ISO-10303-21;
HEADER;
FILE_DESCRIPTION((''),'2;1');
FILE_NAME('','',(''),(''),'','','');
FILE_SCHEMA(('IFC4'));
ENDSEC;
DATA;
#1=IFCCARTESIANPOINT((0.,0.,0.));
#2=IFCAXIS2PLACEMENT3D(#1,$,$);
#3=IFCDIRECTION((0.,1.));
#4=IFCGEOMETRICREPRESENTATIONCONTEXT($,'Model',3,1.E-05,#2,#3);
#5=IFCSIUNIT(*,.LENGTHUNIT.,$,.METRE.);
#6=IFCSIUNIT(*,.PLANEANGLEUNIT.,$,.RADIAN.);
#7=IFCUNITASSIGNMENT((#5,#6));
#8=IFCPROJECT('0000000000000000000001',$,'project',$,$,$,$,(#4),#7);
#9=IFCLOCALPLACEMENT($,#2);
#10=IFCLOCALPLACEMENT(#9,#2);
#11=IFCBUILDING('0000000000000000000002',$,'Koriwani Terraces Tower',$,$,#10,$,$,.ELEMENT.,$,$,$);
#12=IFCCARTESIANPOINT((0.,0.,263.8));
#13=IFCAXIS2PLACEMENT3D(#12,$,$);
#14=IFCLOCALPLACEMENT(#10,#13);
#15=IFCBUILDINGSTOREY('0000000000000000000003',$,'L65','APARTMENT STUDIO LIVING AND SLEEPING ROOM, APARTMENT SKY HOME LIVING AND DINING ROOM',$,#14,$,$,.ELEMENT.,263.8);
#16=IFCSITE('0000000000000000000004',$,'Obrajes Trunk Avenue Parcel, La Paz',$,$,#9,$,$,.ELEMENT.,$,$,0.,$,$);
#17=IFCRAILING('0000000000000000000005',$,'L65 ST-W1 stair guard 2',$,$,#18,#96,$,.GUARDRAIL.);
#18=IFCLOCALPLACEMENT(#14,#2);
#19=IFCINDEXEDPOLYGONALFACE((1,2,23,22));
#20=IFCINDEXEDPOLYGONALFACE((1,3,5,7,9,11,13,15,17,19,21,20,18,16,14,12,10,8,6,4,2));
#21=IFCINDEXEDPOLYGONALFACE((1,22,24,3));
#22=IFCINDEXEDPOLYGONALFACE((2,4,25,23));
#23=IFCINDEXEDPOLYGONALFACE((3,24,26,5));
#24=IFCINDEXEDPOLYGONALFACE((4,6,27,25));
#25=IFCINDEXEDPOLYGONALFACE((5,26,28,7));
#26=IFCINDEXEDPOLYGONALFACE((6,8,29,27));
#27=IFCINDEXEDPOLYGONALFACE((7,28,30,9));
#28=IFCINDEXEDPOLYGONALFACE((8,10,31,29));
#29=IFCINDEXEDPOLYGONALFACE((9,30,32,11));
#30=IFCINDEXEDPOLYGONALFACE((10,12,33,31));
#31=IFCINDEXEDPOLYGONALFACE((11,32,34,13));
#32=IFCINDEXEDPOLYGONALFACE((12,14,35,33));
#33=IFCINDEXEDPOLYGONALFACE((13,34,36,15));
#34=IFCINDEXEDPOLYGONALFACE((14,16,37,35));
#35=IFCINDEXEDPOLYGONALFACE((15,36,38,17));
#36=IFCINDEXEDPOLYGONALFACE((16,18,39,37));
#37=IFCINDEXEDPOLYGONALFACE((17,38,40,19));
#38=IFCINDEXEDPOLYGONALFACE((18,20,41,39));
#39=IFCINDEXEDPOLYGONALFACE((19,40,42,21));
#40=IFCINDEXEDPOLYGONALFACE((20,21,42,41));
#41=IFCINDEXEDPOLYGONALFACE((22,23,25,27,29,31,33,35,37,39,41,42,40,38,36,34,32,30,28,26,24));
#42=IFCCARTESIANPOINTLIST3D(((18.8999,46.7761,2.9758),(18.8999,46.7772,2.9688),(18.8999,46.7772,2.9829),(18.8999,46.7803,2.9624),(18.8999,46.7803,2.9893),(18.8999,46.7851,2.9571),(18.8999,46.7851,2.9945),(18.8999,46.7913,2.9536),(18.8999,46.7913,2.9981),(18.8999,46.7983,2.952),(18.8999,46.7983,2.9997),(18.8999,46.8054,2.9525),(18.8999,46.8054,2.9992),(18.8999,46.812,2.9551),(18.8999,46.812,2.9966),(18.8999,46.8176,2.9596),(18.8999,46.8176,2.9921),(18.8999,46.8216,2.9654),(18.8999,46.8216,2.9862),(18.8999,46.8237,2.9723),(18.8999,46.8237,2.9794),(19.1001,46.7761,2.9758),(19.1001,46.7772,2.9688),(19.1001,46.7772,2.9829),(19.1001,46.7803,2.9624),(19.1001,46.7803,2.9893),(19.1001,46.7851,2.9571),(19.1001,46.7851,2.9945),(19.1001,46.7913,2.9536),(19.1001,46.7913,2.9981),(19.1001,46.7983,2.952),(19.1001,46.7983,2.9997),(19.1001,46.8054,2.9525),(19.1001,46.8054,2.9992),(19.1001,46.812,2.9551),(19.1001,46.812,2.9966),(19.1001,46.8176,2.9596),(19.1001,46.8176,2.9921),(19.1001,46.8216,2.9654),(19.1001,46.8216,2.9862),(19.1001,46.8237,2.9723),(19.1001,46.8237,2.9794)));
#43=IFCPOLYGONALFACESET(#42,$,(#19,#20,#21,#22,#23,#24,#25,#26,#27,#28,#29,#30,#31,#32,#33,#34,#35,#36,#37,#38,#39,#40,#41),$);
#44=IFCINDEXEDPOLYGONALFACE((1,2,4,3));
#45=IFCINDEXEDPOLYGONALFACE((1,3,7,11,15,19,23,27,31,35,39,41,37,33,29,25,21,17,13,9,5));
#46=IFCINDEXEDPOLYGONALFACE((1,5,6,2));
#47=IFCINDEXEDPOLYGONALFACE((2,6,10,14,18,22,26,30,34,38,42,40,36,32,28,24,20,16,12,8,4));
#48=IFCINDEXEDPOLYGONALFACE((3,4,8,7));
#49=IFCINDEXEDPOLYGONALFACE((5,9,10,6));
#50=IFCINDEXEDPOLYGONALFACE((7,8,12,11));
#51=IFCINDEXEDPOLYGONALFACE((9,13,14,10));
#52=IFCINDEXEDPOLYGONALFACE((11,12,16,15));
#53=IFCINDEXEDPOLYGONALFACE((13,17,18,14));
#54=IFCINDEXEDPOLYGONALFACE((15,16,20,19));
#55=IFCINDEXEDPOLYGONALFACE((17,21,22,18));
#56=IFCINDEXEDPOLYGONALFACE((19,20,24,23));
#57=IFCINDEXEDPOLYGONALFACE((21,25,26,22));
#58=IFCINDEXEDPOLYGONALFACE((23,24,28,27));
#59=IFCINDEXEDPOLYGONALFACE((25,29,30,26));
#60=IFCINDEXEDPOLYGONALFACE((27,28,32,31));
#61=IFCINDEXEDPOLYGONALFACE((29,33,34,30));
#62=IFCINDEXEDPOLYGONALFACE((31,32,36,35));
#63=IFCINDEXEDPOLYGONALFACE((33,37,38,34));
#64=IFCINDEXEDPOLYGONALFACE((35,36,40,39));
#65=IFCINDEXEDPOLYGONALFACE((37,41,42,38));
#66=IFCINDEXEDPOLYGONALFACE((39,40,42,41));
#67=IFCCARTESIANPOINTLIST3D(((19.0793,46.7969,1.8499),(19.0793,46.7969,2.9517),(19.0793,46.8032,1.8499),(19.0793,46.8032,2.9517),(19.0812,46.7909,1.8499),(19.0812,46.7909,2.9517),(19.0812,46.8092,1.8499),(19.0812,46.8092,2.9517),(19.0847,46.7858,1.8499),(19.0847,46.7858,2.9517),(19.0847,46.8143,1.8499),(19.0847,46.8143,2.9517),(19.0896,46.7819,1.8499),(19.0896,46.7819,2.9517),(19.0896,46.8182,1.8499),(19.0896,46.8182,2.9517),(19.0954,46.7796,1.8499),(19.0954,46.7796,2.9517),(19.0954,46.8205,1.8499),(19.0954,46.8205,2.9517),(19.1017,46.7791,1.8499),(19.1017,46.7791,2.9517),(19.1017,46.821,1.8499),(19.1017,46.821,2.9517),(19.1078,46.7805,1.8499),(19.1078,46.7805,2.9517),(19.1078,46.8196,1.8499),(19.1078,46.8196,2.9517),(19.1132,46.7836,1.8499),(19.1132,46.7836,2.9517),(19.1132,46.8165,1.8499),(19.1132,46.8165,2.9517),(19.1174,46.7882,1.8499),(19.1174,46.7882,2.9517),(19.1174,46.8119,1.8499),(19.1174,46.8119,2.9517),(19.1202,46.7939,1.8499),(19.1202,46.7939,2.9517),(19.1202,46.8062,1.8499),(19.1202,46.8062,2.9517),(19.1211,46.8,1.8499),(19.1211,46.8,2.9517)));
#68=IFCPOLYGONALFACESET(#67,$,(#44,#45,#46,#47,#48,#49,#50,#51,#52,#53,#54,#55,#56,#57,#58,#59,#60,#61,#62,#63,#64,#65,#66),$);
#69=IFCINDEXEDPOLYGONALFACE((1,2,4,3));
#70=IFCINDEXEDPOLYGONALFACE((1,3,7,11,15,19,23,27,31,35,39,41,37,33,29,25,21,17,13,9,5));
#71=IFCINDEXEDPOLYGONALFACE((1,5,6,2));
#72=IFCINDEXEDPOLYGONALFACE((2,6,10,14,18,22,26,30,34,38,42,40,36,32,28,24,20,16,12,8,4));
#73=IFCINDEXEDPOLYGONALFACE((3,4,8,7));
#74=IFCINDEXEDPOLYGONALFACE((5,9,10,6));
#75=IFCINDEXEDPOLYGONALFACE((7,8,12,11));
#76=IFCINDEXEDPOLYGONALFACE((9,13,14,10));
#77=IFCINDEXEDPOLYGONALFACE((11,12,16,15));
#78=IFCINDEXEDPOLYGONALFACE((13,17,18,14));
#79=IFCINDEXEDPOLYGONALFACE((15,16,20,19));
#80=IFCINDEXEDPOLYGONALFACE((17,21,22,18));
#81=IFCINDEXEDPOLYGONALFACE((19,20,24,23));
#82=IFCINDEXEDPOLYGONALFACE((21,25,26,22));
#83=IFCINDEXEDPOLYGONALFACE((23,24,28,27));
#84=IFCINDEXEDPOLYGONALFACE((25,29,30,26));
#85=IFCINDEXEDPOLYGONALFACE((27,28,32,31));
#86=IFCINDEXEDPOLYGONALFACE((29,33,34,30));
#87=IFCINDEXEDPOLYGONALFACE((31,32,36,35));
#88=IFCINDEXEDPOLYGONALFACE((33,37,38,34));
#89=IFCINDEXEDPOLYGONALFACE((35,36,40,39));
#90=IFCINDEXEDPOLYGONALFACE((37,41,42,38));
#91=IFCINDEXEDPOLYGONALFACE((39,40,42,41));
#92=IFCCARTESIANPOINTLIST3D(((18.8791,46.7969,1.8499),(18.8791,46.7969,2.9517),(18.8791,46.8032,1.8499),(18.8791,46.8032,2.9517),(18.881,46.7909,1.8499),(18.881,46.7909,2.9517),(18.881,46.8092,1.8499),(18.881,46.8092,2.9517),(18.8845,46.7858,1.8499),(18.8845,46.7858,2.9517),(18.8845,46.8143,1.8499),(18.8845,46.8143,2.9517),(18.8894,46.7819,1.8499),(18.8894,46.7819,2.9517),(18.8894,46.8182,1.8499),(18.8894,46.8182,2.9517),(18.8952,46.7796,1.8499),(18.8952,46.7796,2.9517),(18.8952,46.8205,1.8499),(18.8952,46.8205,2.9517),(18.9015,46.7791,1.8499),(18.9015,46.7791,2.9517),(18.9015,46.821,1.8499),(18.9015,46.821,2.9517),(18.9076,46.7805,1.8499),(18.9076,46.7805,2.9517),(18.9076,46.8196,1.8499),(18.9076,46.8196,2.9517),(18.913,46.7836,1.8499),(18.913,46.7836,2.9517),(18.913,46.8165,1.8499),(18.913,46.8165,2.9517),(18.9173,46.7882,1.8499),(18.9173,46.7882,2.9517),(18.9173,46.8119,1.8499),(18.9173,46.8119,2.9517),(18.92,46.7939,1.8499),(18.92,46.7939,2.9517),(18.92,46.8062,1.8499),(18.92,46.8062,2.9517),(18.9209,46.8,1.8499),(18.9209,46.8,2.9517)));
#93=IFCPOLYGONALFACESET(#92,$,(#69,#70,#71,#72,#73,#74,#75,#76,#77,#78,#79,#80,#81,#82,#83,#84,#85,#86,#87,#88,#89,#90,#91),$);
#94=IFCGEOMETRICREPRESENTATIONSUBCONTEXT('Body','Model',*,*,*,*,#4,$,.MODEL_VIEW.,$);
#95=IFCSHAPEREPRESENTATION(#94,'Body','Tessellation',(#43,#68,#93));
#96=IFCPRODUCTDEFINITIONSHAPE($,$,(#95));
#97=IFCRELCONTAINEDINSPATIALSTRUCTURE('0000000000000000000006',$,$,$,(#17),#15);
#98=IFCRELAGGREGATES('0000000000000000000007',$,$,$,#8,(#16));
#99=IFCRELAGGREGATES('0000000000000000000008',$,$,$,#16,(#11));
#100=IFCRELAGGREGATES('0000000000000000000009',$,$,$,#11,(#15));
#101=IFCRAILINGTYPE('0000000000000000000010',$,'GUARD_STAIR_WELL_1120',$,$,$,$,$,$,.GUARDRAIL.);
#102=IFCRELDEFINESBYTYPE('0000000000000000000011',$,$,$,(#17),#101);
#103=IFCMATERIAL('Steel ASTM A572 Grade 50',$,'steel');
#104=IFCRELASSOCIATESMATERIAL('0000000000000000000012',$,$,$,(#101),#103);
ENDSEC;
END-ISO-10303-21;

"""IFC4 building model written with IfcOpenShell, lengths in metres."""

from ifc_helpers import new_model, si_unit, direction, frame, origin, origin_2d, place, context, subcontext, project, spatial, circle, extrude, material, type_object, element, save


model = new_model("IFC4")

# Units and contexts
model_context = context("Model", 3, precision=1e-05, world=origin(), true_north=direction((0.0, 1.0)))
body_context = subcontext(model_context, "Body", "Model", "MODEL_VIEW")
ifc_project = project(units=[si_unit("LENGTHUNIT", "METRE"), si_unit("PLANEANGLEUNIT", "RADIAN")], contexts=[model_context])

# Site, building, storey
site_placement = place(None, origin())
site = spatial("IfcSite", under=ifc_project, at=site_placement, Name="Obrajes Trunk Avenue Parcel, La Paz", CompositionType="ELEMENT", RefElevation=0.0)
building_placement = place(site_placement, origin())
building = spatial("IfcBuilding", under=site, at=building_placement, Name="Koriwani Terraces Tower", CompositionType="ELEMENT")
storey_placement = place(building_placement, frame((0.0, 0.0, 263.8)))
storey = spatial("IfcBuildingStorey", under=building, at=storey_placement, Name="L65", Description="APARTMENT STUDIO LIVING AND SLEEPING ROOM, APARTMENT SKY HOME LIVING AND DINING ROOM", CompositionType="ELEMENT", Elevation=263.8)

# Shared definitions
ifc_material_1 = material(Name="Steel ASTM A572 Grade 50", Category="steel")

# Railing
railing_type_1 = type_object("IfcRailingType", Name="GUARD_STAIR_WELL_1120", PredefinedType="GUARDRAIL", material=ifc_material_1)
railing_1_placement = place(storey_placement, frame((19.1001, 46.8, 1.8499)))
element("IfcRailing", 1, at=railing_1_placement, inside=storey, type_object=railing_type_1, Name="L65 ST-W1 stair guard 2", PredefinedType="GUARDRAIL", context=body_context, shape_type="SweptSolid", body=[
    extrude(circle(Radius=0.0239, at=origin_2d()), frame((0.0, 0.0, 1.126), z_axis=(-1.0, 0.0, 0.0), x_axis=(0.0, -1.0, 0.0)), (0.0, 0.0, 1.0), 0.2002),
    extrude(circle(Radius=0.021, at=origin_2d()), origin(), (0.0, 0.0, 1.0), 1.1018),
    extrude(circle(Radius=0.021, at=origin_2d()), frame((-0.2002, 0.0, 0.0)), (0.0, 0.0, 1.0), 1.1018),
])

save(model, "model.ifc")
